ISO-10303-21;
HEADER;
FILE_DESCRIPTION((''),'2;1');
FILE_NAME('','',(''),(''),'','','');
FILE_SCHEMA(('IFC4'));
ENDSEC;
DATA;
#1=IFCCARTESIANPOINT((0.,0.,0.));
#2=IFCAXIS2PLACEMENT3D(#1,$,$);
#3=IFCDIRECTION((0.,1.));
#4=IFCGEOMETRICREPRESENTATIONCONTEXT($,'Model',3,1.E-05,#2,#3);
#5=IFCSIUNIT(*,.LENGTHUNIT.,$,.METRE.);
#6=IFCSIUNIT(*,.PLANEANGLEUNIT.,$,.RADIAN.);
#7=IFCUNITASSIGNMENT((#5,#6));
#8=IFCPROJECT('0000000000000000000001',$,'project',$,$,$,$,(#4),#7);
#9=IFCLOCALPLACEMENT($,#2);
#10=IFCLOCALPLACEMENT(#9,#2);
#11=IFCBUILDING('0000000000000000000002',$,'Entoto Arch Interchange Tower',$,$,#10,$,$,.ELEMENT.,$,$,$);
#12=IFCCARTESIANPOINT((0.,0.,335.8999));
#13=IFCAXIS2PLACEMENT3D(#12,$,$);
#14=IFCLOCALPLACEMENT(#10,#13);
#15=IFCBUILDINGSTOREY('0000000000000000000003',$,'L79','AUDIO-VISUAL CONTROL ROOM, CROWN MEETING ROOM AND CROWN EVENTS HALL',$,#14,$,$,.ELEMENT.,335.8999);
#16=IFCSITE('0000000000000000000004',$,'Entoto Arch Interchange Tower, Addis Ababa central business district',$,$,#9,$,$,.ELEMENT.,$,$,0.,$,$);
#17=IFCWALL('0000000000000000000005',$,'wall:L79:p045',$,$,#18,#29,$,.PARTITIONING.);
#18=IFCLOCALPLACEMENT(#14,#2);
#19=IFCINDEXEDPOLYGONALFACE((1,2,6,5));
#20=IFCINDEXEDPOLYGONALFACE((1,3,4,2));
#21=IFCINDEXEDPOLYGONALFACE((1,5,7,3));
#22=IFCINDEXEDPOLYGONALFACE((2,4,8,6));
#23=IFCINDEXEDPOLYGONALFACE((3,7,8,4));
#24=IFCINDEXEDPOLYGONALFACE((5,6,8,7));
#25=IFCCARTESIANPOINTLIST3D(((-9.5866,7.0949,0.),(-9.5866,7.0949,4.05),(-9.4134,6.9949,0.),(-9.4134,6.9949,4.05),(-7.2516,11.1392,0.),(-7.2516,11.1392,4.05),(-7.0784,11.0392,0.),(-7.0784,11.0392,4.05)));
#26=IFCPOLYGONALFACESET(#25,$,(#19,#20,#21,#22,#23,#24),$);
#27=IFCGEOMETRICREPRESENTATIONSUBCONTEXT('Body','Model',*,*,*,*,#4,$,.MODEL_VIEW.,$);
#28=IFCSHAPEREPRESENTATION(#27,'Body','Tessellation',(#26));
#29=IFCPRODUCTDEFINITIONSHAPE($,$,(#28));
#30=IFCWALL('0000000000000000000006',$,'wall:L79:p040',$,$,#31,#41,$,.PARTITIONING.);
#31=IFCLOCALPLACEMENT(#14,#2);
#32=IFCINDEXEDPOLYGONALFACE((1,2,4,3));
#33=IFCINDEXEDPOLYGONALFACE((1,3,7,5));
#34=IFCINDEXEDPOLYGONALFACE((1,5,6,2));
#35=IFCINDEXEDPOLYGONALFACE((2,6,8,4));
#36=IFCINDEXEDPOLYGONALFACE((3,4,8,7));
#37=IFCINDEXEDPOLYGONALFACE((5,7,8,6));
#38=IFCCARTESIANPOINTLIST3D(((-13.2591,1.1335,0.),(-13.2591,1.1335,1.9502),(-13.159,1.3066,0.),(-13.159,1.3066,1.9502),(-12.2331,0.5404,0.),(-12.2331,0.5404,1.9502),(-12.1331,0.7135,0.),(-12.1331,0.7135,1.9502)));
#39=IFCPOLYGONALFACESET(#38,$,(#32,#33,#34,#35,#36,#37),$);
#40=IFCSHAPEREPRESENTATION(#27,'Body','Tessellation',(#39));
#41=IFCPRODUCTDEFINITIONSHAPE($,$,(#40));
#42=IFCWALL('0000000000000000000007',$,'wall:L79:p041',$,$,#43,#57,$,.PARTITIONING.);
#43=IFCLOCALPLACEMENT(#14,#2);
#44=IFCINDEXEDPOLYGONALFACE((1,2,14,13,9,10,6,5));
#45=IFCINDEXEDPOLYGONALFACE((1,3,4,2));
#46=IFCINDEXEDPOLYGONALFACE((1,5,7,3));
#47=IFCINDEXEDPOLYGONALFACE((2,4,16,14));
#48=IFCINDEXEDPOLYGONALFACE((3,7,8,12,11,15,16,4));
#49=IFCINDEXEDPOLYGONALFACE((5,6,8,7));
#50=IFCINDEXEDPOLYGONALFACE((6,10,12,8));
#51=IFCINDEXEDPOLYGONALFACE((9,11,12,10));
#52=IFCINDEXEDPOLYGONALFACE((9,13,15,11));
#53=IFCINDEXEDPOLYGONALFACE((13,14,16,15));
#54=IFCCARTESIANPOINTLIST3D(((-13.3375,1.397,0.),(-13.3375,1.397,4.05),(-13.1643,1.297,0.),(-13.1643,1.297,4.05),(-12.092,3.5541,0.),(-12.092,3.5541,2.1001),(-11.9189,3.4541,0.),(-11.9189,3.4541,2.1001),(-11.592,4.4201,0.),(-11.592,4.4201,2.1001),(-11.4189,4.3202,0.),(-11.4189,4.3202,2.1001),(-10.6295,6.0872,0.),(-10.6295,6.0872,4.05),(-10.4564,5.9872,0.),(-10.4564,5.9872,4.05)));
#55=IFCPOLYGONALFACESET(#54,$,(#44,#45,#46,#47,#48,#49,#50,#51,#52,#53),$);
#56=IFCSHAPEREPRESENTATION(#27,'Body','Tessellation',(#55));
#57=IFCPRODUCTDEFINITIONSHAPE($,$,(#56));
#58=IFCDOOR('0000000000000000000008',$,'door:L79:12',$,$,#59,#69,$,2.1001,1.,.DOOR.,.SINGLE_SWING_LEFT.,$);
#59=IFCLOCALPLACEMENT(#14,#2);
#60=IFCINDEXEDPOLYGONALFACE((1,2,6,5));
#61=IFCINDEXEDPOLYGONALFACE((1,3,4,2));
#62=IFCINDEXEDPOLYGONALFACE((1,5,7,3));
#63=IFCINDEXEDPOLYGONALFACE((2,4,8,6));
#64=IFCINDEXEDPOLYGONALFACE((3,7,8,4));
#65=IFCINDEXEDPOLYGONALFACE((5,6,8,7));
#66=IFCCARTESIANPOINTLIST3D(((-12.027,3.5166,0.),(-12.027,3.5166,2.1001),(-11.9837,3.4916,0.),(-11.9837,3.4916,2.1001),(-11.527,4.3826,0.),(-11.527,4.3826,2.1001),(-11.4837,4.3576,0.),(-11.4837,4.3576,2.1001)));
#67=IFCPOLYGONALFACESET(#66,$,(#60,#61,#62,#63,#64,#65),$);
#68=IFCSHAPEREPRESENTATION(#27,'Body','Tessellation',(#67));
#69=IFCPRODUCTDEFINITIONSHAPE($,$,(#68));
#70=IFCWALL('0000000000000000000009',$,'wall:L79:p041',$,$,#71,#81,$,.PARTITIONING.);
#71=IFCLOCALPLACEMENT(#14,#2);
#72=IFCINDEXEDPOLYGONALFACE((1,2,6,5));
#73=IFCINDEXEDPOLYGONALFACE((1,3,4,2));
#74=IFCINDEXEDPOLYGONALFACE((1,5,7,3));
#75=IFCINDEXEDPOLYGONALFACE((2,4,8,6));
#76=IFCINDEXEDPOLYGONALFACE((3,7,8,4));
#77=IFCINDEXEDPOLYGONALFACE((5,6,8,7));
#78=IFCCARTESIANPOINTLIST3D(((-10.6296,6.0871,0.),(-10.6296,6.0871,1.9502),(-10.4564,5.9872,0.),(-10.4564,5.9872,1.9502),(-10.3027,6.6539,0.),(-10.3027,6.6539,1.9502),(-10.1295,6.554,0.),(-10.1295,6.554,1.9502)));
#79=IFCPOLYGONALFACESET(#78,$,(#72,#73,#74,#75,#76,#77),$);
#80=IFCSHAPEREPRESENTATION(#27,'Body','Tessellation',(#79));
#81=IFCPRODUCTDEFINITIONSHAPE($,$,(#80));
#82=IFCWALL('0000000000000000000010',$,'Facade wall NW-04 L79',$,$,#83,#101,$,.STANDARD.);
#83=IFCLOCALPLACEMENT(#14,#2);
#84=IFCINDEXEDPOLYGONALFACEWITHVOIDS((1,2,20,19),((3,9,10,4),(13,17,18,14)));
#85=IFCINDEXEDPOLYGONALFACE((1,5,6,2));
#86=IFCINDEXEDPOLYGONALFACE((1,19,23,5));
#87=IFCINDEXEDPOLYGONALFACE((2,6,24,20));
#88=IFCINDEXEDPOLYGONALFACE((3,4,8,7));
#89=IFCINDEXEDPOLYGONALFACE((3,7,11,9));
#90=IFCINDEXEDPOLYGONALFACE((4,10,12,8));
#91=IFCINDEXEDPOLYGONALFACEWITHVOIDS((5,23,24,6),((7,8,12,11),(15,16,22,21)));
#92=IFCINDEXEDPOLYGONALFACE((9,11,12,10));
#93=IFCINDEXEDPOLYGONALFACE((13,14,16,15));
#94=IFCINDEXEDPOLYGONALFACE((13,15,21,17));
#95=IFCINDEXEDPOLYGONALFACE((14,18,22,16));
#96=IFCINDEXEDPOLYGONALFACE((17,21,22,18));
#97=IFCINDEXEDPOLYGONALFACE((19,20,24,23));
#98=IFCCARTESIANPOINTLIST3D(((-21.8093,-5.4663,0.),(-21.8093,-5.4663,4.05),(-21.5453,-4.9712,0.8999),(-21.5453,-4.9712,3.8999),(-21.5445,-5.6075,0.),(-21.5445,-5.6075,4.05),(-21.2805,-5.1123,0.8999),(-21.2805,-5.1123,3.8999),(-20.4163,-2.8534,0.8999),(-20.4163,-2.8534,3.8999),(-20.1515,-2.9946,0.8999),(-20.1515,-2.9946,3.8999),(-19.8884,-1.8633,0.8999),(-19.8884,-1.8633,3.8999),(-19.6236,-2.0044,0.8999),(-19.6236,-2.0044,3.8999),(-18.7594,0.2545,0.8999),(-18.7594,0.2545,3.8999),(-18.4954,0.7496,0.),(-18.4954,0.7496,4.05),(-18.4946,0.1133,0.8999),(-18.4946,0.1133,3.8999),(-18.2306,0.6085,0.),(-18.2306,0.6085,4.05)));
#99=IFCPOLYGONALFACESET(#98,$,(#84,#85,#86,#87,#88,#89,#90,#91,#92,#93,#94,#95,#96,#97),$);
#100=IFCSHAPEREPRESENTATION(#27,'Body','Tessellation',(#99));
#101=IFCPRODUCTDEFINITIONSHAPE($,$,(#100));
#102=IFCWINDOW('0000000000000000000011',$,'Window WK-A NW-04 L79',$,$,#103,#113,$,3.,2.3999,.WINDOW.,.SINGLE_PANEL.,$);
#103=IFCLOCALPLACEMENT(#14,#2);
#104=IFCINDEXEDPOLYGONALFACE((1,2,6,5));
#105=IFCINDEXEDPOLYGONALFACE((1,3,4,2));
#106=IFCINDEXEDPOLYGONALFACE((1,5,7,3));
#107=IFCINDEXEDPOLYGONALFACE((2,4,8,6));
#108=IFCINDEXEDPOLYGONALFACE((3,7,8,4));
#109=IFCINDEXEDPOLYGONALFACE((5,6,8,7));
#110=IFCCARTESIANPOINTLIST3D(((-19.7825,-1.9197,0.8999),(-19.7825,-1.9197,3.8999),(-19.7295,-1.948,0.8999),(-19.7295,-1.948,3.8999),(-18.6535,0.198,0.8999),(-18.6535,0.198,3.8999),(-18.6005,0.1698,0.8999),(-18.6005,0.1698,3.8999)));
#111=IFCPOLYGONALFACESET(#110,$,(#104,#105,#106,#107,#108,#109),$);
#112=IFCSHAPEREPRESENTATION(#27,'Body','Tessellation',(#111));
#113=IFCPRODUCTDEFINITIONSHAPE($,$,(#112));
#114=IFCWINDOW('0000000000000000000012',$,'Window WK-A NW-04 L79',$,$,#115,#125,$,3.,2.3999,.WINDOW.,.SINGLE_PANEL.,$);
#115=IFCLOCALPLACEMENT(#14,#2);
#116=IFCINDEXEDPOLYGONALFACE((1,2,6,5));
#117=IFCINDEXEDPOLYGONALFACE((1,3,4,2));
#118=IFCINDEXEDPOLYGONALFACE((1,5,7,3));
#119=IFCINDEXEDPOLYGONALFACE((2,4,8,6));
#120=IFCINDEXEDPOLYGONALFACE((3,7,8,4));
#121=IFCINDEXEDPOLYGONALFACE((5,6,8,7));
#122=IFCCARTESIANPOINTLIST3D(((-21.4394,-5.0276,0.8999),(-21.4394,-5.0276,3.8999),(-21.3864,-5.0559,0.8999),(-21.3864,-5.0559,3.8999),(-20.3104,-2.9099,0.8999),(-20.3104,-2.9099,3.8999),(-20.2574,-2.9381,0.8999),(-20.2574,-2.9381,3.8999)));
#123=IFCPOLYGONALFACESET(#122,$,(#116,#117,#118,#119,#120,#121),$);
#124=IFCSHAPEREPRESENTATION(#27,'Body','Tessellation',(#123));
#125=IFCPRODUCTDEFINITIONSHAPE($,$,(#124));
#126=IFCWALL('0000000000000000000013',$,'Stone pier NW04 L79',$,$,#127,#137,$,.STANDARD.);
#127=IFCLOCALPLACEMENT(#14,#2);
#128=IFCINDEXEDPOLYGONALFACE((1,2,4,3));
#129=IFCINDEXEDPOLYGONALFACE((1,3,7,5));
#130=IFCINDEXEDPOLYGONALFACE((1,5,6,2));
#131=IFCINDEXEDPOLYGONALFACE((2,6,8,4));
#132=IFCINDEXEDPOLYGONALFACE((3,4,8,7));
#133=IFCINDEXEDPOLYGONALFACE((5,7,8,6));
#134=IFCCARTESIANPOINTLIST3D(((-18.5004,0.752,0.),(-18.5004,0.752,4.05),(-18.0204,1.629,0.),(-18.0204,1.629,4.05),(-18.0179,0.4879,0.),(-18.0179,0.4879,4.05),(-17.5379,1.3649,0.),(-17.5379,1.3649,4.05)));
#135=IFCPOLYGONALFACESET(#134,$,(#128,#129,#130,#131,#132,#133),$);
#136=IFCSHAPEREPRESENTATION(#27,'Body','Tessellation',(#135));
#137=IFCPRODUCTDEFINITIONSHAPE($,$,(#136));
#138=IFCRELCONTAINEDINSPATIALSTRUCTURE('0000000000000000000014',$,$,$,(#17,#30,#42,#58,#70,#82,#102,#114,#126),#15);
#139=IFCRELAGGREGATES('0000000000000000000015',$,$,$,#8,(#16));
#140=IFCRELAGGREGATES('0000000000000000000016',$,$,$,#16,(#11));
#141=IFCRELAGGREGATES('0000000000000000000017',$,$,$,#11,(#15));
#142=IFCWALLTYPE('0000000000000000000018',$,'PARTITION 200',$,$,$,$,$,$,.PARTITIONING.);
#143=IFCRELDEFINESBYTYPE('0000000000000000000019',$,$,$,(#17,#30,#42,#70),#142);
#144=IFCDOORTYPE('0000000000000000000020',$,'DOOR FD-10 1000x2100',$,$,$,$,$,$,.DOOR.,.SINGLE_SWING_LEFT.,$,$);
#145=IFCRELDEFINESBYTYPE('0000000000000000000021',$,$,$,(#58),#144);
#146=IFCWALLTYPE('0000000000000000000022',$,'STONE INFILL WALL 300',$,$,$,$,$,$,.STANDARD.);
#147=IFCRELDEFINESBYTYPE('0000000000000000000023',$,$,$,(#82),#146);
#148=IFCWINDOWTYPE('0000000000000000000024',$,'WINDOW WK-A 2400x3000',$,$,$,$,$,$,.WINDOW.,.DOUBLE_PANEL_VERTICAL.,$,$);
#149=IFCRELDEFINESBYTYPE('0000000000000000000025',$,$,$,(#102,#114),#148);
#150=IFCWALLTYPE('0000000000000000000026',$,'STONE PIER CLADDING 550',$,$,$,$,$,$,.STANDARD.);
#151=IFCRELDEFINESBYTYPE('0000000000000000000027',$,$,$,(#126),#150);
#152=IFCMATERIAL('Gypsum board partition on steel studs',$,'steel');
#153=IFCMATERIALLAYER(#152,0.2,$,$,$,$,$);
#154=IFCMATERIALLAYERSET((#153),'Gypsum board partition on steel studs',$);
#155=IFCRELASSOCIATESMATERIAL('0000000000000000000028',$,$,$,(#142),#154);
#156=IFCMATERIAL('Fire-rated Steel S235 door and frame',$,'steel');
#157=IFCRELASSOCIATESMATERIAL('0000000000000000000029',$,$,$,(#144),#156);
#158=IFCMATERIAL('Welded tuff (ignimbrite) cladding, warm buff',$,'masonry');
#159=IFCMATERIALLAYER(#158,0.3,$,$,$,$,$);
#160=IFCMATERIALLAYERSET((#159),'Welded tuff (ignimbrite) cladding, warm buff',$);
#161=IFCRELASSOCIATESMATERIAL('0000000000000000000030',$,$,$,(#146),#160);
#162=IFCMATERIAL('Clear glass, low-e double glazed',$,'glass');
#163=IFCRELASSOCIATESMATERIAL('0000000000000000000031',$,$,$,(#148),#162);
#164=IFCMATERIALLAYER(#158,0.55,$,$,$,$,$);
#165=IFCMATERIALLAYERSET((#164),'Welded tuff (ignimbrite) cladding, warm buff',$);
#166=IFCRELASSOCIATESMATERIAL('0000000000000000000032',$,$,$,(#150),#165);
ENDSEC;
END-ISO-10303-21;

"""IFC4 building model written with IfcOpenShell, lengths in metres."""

from ifc_helpers import new_model, si_unit, direction, frame, frame_2d, origin, place, context, subcontext, project, spatial, rectangle, extrude, material, layer, layer_set, type_object, element, fill, save


model = new_model("IFC4")

# Units and contexts
model_context = context("Model", 3, precision=1e-05, world=origin(), true_north=direction((0.0, 1.0)))
body_context = subcontext(model_context, "Body", "Model", "MODEL_VIEW")
ifc_project = project(units=[si_unit("LENGTHUNIT", "METRE"), si_unit("PLANEANGLEUNIT", "RADIAN")], contexts=[model_context])

# Site, building, storey
site_placement = place(None, origin())
site = spatial("IfcSite", under=ifc_project, at=site_placement, Name="Entoto Arch Interchange Tower, Addis Ababa central business district", CompositionType="ELEMENT", RefElevation=0.0)
building_placement = place(site_placement, origin())
building = spatial("IfcBuilding", under=site, at=building_placement, Name="Entoto Arch Interchange Tower", CompositionType="ELEMENT")
storey_placement = place(building_placement, frame((0.0, 0.0, 335.8999)))
storey = spatial("IfcBuildingStorey", under=building, at=storey_placement, Name="L79", Description="AUDIO-VISUAL CONTROL ROOM, CROWN MEETING ROOM AND CROWN EVENTS HALL", CompositionType="ELEMENT", Elevation=335.8999)

# Shared definitions
ifc_material_1 = material(Name="Fire-rated Steel S235 door and frame", Category="steel")

# Shared definitions
ifc_material_2 = material(Name="Gypsum board partition on steel studs", Category="steel")
ifc_layer_1 = layer(ifc_material_2, 0.2)
ifc_layer_set_1 = layer_set([ifc_layer_1], Name="Gypsum board partition on steel studs")
wall_type_1 = type_object("IfcWallType", Name="PARTITION 200", PredefinedType="PARTITIONING", material=ifc_layer_set_1)
door_type_1 = type_object("IfcDoorType", Name="DOOR FD-10 1000x2100", OperationType="SINGLE_SWING_LEFT", PredefinedType="DOOR", material=ifc_material_1)

# Walls
wall_1_placement = place(storey_placement, frame((-9.5, 7.0449, 0.0), z_axis=(0.0, 0.0, 1.0), x_axis=(0.500008, 0.866021, 0.0)))
element("IfcWall", 1, at=wall_1_placement, inside=storey, type_object=wall_type_1, Name="wall:L79:p045", PredefinedType="PARTITIONING", context=body_context, shape_type="SweptSolid", body=[
    extrude(rectangle(XDim=4.6699, YDim=0.2, at=frame_2d((2.335, 0.0))), origin(), (0.0, 0.0, 1.0), 4.05),
])
wall_2_placement = place(storey_placement, frame((-12.1831, 0.627, 0.0), z_axis=(0.0, 0.0, 1.0), x_axis=(-0.86576, 0.50046, 0.0)))
element("IfcWall", 2, at=wall_2_placement, inside=storey, type_object=wall_type_1, Name="wall:L79:p040", PredefinedType="PARTITIONING", context=body_context, shape_type="SweptSolid", body=[
    extrude(rectangle(XDim=1.1851, YDim=0.2, at=frame_2d((0.5925, 0.0))), origin(), (0.0, 0.0, 1.0), 1.9502),
])

# Wall, opening, door
wall_3_placement = place(storey_placement, frame((-13.251, 1.3469, 0.0), z_axis=(0.0, 0.0, 1.0), x_axis=(0.500018, 0.866015, 0.0)))
wall_3 = element("IfcWall", 3, at=wall_3_placement, inside=storey, type_object=wall_type_1, Name="wall:L79:p041", PredefinedType="PARTITIONING", context=body_context, shape_type="SweptSolid", body=[
    extrude(rectangle(XDim=5.4158, YDim=0.2, at=frame_2d((2.708, 0.0))), origin(), (0.0, 0.0, 1.0), 4.05),
])
opening_1_placement = place(wall_3_placement, frame((2.491, 0.0, 0.0)))
opening_1 = element("IfcOpeningElement", 4, at=opening_1_placement, cuts=wall_3, PredefinedType="OPENING", context=body_context, shape_type="SweptSolid", body=[
    extrude(rectangle(XDim=1.0, YDim=2.1001, at=frame_2d((0.5, 1.05))), frame((0.0, 0.1099, 0.0), z_axis=(0.0, -1.0, 0.0), x_axis=(1.0, 0.0, 0.0)), (0.0, 0.0, 1.0), 0.22),
])
door_1_placement = place(opening_1_placement, origin())
door_1 = element("IfcDoor", 5, at=door_1_placement, inside=storey, type_object=door_type_1, Name="door:L79:12", OperationType="SINGLE_SWING_LEFT", OverallHeight=2.1001, OverallWidth=1.0, PredefinedType="DOOR", context=body_context, shape_type="SweptSolid", body=[
    extrude(rectangle(XDim=1.0, YDim=2.1001, at=frame_2d((0.5, 1.05))), frame((0.0, 0.0249, 0.0), z_axis=(0.0, -1.0, 0.0), x_axis=(1.0, 0.0, 0.0)), (0.0, 0.0, 1.0), 0.05),
])
fill(opening_1, door_1)

# Wall
wall_4_placement = place(storey_placement, frame((-10.543, 6.0371, 0.0), z_axis=(0.0, 0.0, 1.0), x_axis=(0.49955, 0.866285, 0.0)))
element("IfcWall", 6, at=wall_4_placement, inside=storey, type_object=wall_type_1, Name="wall:L79:p041", PredefinedType="PARTITIONING", context=body_context, shape_type="SweptSolid", body=[
    extrude(rectangle(XDim=0.6543, YDim=0.2, at=frame_2d((0.3271, 0.0))), origin(), (0.0, 0.0, 1.0), 1.9502),
])

# Wall, openings, windows
ifc_material_3 = material(Name="Welded tuff (ignimbrite) cladding, warm buff", Category="masonry")
ifc_layer_2 = layer(ifc_material_3, 0.3)
ifc_layer_set_2 = layer_set([ifc_layer_2], Name="Welded tuff (ignimbrite) cladding, warm buff")
wall_type_2 = type_object("IfcWallType", Name="STONE INFILL WALL 300", PredefinedType="STANDARD", material=ifc_layer_set_2)
wall_5_placement = place(storey_placement, frame((-18.363, 0.679, 0.0), z_axis=(0.0, 0.0, 1.0), x_axis=(-0.470448, -0.882428, 0.0)))
wall_5 = element("IfcWall", 7, at=wall_5_placement, inside=storey, type_object=wall_type_2, Name="Facade wall NW-04 L79", PredefinedType="STANDARD", context=body_context, shape_type="SweptSolid", body=[
    extrude(rectangle(XDim=7.0442, YDim=0.3, at=frame_2d((3.522, 0.0))), origin(), (0.0, 0.0, 1.0), 4.05),
])
opening_2_placement = place(wall_5_placement, frame((0.561, 0.0, 0.8999)))
opening_2 = element("IfcOpeningElement", 8, at=opening_2_placement, cuts=wall_5, PredefinedType="OPENING", context=body_context, shape_type="SweptSolid", body=[
    extrude(rectangle(XDim=2.3999, YDim=3.0, at=frame_2d((1.2, 1.5))), frame((0.0, 0.1602, 0.0), z_axis=(0.0, -1.0, 0.0), x_axis=(1.0, 0.0, 0.0)), (0.0, 0.0, 1.0), 0.3201),
])
opening_3_placement = place(wall_5_placement, frame((4.083, 0.0, 0.8999)))
opening_3 = element("IfcOpeningElement", 9, at=opening_3_placement, cuts=wall_5, PredefinedType="OPENING", context=body_context, shape_type="SweptSolid", body=[
    extrude(rectangle(XDim=2.3999, YDim=3.0, at=frame_2d((1.2, 1.5))), frame((0.0, 0.1602, 0.0), z_axis=(0.0, -1.0, 0.0), x_axis=(1.0, 0.0, 0.0)), (0.0, 0.0, 1.0), 0.3201),
])
ifc_material_4 = material(Name="Clear glass, low-e double glazed", Category="glass")
window_type = type_object("IfcWindowType", Name="WINDOW WK-A 2400x3000", PartitioningType="DOUBLE_PANEL_VERTICAL", PredefinedType="WINDOW", material=ifc_material_4)
window_1_placement = place(opening_2_placement, origin())
window_1 = element("IfcWindow", 10, at=window_1_placement, inside=storey, type_object=window_type, Name="Window WK-A NW-04 L79", OverallHeight=3.0, OverallWidth=2.3999, PartitioningType="SINGLE_PANEL", PredefinedType="WINDOW", context=body_context, shape_type="SweptSolid", body=[
    extrude(rectangle(XDim=2.3999, YDim=3.0, at=frame_2d((1.2, 1.5))), frame((0.0, 0.03, 0.0), z_axis=(0.0, -1.0, 0.0), x_axis=(1.0, 0.0, 0.0)), (0.0, 0.0, 1.0), 0.0601),
])
fill(opening_2, window_1)
window_2_placement = place(opening_3_placement, origin())
window_2 = element("IfcWindow", 11, at=window_2_placement, inside=storey, type_object=window_type, Name="Window WK-A NW-04 L79", OverallHeight=3.0, OverallWidth=2.3999, PartitioningType="SINGLE_PANEL", PredefinedType="WINDOW", context=body_context, shape_type="SweptSolid", body=[
    extrude(rectangle(XDim=2.3999, YDim=3.0, at=frame_2d((1.2, 1.5))), frame((0.0, 0.03, 0.0), z_axis=(0.0, -1.0, 0.0), x_axis=(1.0, 0.0, 0.0)), (0.0, 0.0, 1.0), 0.0601),
])
fill(opening_3, window_2)

# Wall
ifc_layer_3 = layer(ifc_material_3, 0.55)
ifc_layer_set_3 = layer_set([ifc_layer_3], Name="Welded tuff (ignimbrite) cladding, warm buff")
wall_type_3 = type_object("IfcWallType", Name="STONE PIER CLADDING 550", PredefinedType="STANDARD", material=ifc_layer_set_3)
wall_6_placement = place(storey_placement, frame((-17.7791, 1.4971, 0.0), z_axis=(0.0, 0.0, 1.0), x_axis=(-0.480118, -0.877204, 0.0)))
element("IfcWall", 12, at=wall_6_placement, inside=storey, type_object=wall_type_3, Name="Stone pier NW04 L79", PredefinedType="STANDARD", context=body_context, shape_type="SweptSolid", body=[
    extrude(rectangle(XDim=0.9998, YDim=0.55, at=frame_2d((0.5, 0.0))), origin(), (0.0, 0.0, 1.0), 4.05),
])

save(model, "model.ifc")
